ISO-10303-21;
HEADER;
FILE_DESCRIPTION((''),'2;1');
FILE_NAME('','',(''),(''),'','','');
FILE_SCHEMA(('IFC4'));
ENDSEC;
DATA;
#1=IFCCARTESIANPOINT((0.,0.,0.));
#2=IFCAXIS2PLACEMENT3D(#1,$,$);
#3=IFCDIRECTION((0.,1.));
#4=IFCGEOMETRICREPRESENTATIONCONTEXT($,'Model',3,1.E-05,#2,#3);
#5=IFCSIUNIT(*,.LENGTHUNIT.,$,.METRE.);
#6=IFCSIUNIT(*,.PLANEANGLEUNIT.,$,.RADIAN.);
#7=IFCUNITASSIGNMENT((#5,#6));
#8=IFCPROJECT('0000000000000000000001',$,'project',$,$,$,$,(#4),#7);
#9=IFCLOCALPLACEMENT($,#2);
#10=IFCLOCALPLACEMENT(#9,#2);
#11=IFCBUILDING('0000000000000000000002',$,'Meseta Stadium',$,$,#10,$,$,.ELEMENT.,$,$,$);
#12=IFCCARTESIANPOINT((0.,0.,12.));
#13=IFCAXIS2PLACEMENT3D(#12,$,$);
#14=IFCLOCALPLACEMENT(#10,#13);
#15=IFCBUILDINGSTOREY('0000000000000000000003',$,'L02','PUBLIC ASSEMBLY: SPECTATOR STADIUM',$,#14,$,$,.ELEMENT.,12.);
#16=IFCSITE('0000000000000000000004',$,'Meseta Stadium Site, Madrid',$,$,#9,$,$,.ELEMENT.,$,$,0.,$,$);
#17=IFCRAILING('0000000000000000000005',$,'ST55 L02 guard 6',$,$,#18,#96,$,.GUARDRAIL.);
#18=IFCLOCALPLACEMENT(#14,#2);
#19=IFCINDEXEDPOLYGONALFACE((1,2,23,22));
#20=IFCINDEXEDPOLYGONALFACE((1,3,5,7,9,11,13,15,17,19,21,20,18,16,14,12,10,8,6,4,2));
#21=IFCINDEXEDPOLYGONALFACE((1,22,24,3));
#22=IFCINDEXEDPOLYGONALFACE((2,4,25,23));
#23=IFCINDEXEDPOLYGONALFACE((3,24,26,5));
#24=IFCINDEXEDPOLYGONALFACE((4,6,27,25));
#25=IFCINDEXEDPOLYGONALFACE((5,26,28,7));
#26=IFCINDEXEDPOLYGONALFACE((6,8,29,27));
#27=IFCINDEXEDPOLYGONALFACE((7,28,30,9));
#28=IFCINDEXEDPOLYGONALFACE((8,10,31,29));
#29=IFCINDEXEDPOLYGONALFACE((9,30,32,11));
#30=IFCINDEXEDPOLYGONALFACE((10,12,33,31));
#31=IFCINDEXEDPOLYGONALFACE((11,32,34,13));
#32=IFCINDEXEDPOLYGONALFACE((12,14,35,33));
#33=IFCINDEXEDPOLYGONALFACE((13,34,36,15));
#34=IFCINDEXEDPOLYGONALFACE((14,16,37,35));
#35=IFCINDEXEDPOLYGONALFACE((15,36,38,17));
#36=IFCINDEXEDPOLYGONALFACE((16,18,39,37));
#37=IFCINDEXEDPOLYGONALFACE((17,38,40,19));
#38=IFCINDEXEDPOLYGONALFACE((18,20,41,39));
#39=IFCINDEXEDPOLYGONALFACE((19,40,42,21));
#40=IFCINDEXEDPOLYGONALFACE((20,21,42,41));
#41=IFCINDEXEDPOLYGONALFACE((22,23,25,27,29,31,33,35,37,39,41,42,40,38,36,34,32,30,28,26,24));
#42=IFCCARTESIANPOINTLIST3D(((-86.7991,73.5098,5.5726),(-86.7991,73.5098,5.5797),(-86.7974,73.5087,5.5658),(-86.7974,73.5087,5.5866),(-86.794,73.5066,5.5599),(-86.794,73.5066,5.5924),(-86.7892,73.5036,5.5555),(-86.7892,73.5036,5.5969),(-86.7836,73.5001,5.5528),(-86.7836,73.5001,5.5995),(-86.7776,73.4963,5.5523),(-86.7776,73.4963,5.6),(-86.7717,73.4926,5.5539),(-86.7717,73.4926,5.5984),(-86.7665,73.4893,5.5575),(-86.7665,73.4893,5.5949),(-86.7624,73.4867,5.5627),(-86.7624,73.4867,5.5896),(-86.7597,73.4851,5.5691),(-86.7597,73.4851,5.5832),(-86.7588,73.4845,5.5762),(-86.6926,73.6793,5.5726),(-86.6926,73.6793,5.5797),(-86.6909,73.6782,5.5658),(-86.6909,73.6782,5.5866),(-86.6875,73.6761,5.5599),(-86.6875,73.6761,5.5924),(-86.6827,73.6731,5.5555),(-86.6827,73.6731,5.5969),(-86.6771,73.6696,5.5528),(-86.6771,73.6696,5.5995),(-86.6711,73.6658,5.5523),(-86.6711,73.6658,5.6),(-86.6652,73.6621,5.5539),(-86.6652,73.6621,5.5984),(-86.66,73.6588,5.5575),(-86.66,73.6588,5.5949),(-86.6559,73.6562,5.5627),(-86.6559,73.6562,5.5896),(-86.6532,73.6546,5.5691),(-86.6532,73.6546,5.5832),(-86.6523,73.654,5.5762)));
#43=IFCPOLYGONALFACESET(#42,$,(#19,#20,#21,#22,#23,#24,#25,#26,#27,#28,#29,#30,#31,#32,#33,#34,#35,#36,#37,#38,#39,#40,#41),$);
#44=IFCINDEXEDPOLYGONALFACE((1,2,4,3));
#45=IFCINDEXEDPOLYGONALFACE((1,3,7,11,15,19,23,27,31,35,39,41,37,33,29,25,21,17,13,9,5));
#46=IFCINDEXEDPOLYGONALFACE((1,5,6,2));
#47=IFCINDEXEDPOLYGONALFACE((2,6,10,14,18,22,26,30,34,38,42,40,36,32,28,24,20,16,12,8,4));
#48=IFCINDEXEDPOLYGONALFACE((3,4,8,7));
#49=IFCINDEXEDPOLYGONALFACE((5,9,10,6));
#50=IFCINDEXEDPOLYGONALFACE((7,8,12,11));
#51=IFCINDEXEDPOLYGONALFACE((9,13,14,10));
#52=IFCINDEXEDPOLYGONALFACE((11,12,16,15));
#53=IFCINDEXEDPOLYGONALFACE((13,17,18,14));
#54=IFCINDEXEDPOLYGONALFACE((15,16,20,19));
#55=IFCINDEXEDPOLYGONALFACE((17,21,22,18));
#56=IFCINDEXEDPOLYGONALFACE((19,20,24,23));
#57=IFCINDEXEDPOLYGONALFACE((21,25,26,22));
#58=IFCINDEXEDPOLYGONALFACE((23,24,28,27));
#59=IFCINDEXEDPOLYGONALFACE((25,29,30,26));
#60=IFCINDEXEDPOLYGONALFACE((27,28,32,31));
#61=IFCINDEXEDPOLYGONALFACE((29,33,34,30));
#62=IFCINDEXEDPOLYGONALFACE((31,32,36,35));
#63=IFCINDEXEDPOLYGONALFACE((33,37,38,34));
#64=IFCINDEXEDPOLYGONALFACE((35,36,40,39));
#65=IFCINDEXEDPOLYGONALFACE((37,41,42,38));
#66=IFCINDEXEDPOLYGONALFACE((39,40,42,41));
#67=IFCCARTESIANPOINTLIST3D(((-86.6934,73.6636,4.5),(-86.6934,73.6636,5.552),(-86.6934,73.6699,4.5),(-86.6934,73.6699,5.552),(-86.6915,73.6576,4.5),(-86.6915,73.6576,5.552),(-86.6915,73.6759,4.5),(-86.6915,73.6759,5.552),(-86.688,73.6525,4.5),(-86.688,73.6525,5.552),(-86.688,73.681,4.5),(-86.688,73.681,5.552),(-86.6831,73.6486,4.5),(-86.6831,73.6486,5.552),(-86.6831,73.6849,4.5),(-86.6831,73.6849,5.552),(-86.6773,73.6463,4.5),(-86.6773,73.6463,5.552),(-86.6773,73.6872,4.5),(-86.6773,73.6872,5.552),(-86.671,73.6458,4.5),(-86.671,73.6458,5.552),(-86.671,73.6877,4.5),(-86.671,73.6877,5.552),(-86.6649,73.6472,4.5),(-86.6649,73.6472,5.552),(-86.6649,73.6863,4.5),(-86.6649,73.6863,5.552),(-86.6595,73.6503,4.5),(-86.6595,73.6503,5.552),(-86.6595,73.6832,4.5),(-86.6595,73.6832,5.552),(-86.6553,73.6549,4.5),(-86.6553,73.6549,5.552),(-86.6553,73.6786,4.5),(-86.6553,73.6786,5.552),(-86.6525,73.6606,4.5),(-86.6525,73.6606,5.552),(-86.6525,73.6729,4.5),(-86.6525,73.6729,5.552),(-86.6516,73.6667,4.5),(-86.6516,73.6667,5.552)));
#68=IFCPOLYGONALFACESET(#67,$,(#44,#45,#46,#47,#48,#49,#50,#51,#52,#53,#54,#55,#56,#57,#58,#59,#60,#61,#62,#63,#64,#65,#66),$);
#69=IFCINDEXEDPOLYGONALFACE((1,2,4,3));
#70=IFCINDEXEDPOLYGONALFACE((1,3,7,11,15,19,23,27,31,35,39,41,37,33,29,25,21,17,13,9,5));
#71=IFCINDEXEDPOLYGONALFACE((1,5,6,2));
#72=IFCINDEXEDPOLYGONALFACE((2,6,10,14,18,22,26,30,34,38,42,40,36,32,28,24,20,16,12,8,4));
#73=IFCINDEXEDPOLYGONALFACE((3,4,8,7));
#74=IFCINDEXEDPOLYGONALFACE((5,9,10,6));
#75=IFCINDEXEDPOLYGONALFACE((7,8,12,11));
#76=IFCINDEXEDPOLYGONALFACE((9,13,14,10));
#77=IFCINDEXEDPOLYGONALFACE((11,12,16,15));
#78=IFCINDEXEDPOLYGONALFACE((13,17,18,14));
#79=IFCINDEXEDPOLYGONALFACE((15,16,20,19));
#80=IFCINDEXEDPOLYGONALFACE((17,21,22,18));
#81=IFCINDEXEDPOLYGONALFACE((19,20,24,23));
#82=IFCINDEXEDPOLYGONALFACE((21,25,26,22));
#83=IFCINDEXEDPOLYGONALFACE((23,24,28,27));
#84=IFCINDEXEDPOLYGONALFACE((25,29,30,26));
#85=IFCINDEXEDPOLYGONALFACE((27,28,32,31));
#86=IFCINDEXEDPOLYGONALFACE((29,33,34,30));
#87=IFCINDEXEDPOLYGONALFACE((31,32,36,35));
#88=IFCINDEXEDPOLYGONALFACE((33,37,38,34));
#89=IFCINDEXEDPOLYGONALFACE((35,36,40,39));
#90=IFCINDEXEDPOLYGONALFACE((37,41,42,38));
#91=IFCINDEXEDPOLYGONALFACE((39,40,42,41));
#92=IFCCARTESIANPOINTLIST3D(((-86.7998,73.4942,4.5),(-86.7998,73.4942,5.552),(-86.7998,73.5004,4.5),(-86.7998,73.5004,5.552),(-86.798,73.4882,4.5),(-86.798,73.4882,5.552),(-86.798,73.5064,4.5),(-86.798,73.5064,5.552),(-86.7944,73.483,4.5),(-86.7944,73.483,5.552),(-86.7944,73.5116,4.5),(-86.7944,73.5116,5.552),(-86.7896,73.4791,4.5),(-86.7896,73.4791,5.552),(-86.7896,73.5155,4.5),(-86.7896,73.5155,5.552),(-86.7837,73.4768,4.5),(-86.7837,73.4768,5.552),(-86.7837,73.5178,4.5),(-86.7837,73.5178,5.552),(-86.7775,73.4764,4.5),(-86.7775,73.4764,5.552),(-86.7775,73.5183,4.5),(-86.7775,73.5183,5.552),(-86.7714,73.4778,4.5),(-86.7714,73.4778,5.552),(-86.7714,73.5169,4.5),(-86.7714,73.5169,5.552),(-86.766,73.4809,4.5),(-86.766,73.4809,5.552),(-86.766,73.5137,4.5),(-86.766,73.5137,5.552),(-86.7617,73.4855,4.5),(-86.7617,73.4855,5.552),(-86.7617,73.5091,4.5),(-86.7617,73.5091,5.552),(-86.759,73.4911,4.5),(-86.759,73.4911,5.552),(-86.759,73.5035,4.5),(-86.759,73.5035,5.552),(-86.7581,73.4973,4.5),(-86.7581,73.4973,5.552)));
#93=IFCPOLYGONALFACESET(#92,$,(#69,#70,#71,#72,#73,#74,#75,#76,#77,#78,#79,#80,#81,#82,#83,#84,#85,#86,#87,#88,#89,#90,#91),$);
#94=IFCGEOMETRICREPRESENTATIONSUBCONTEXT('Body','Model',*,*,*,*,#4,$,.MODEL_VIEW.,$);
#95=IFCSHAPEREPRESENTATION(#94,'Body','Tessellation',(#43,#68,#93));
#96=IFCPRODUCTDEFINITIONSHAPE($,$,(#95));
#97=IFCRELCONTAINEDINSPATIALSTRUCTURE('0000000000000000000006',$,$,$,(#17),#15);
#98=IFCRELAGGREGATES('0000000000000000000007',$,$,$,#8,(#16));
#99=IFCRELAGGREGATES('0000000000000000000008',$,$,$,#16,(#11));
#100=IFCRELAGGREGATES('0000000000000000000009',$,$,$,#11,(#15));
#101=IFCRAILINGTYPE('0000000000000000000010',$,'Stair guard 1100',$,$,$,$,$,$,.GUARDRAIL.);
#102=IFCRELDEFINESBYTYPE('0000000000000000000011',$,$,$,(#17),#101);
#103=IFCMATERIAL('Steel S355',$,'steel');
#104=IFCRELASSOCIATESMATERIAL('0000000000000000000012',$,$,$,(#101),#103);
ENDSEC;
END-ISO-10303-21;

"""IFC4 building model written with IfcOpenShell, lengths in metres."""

from ifc_helpers import new_model, si_unit, direction, frame, origin, origin_2d, place, context, subcontext, project, spatial, circle, extrude, material, type_object, element, save


model = new_model("IFC4")

# Units and contexts
model_context = context("Model", 3, precision=1e-05, world=origin(), true_north=direction((0.0, 1.0)))
body_context = subcontext(model_context, "Body", "Model", "MODEL_VIEW")
ifc_project = project(units=[si_unit("LENGTHUNIT", "METRE"), si_unit("PLANEANGLEUNIT", "RADIAN")], contexts=[model_context])

# Site, building, storey
site_placement = place(None, origin())
site = spatial("IfcSite", under=ifc_project, at=site_placement, Name="Meseta Stadium Site, Madrid", CompositionType="ELEMENT", RefElevation=0.0)
building_placement = place(site_placement, origin())
building = spatial("IfcBuilding", under=site, at=building_placement, Name="Meseta Stadium", CompositionType="ELEMENT")
storey_placement = place(building_placement, frame((0.0, 0.0, 12.0)))
storey = spatial("IfcBuildingStorey", under=building, at=storey_placement, Name="L02", Description="PUBLIC ASSEMBLY: SPECTATOR STADIUM", CompositionType="ELEMENT", Elevation=12.0)

# Railing
ifc_material_1 = material(Name="Steel S355", Category="steel")
railing_type_1 = type_object("IfcRailingType", Name="Stair guard 1100", PredefinedType="GUARDRAIL", material=ifc_material_1)
railing_1_placement = place(storey_placement, frame((-86.6726, 73.6667, 4.5)))
element("IfcRailing", 1, at=railing_1_placement, inside=storey, type_object=railing_type_1, Name="ST55 L02 guard 6", PredefinedType="GUARDRAIL", context=body_context, shape_type="SweptSolid", body=[
    extrude(circle(Radius=0.0239, at=origin_2d()), frame((0.0, 0.0, 1.0762), z_axis=(-0.531972, -0.846762, 0.0), x_axis=(0.846762, -0.531972, 0.0)), (0.0, 0.0, 1.0), 0.2002),
    extrude(circle(Radius=0.021, at=origin_2d()), origin(), (0.0, 0.0, 1.0), 1.052),
    extrude(circle(Radius=0.021, at=origin_2d()), frame((-0.1064, -0.1694, 0.0)), (0.0, 0.0, 1.0), 1.052),
])

save(model, "model.ifc")
